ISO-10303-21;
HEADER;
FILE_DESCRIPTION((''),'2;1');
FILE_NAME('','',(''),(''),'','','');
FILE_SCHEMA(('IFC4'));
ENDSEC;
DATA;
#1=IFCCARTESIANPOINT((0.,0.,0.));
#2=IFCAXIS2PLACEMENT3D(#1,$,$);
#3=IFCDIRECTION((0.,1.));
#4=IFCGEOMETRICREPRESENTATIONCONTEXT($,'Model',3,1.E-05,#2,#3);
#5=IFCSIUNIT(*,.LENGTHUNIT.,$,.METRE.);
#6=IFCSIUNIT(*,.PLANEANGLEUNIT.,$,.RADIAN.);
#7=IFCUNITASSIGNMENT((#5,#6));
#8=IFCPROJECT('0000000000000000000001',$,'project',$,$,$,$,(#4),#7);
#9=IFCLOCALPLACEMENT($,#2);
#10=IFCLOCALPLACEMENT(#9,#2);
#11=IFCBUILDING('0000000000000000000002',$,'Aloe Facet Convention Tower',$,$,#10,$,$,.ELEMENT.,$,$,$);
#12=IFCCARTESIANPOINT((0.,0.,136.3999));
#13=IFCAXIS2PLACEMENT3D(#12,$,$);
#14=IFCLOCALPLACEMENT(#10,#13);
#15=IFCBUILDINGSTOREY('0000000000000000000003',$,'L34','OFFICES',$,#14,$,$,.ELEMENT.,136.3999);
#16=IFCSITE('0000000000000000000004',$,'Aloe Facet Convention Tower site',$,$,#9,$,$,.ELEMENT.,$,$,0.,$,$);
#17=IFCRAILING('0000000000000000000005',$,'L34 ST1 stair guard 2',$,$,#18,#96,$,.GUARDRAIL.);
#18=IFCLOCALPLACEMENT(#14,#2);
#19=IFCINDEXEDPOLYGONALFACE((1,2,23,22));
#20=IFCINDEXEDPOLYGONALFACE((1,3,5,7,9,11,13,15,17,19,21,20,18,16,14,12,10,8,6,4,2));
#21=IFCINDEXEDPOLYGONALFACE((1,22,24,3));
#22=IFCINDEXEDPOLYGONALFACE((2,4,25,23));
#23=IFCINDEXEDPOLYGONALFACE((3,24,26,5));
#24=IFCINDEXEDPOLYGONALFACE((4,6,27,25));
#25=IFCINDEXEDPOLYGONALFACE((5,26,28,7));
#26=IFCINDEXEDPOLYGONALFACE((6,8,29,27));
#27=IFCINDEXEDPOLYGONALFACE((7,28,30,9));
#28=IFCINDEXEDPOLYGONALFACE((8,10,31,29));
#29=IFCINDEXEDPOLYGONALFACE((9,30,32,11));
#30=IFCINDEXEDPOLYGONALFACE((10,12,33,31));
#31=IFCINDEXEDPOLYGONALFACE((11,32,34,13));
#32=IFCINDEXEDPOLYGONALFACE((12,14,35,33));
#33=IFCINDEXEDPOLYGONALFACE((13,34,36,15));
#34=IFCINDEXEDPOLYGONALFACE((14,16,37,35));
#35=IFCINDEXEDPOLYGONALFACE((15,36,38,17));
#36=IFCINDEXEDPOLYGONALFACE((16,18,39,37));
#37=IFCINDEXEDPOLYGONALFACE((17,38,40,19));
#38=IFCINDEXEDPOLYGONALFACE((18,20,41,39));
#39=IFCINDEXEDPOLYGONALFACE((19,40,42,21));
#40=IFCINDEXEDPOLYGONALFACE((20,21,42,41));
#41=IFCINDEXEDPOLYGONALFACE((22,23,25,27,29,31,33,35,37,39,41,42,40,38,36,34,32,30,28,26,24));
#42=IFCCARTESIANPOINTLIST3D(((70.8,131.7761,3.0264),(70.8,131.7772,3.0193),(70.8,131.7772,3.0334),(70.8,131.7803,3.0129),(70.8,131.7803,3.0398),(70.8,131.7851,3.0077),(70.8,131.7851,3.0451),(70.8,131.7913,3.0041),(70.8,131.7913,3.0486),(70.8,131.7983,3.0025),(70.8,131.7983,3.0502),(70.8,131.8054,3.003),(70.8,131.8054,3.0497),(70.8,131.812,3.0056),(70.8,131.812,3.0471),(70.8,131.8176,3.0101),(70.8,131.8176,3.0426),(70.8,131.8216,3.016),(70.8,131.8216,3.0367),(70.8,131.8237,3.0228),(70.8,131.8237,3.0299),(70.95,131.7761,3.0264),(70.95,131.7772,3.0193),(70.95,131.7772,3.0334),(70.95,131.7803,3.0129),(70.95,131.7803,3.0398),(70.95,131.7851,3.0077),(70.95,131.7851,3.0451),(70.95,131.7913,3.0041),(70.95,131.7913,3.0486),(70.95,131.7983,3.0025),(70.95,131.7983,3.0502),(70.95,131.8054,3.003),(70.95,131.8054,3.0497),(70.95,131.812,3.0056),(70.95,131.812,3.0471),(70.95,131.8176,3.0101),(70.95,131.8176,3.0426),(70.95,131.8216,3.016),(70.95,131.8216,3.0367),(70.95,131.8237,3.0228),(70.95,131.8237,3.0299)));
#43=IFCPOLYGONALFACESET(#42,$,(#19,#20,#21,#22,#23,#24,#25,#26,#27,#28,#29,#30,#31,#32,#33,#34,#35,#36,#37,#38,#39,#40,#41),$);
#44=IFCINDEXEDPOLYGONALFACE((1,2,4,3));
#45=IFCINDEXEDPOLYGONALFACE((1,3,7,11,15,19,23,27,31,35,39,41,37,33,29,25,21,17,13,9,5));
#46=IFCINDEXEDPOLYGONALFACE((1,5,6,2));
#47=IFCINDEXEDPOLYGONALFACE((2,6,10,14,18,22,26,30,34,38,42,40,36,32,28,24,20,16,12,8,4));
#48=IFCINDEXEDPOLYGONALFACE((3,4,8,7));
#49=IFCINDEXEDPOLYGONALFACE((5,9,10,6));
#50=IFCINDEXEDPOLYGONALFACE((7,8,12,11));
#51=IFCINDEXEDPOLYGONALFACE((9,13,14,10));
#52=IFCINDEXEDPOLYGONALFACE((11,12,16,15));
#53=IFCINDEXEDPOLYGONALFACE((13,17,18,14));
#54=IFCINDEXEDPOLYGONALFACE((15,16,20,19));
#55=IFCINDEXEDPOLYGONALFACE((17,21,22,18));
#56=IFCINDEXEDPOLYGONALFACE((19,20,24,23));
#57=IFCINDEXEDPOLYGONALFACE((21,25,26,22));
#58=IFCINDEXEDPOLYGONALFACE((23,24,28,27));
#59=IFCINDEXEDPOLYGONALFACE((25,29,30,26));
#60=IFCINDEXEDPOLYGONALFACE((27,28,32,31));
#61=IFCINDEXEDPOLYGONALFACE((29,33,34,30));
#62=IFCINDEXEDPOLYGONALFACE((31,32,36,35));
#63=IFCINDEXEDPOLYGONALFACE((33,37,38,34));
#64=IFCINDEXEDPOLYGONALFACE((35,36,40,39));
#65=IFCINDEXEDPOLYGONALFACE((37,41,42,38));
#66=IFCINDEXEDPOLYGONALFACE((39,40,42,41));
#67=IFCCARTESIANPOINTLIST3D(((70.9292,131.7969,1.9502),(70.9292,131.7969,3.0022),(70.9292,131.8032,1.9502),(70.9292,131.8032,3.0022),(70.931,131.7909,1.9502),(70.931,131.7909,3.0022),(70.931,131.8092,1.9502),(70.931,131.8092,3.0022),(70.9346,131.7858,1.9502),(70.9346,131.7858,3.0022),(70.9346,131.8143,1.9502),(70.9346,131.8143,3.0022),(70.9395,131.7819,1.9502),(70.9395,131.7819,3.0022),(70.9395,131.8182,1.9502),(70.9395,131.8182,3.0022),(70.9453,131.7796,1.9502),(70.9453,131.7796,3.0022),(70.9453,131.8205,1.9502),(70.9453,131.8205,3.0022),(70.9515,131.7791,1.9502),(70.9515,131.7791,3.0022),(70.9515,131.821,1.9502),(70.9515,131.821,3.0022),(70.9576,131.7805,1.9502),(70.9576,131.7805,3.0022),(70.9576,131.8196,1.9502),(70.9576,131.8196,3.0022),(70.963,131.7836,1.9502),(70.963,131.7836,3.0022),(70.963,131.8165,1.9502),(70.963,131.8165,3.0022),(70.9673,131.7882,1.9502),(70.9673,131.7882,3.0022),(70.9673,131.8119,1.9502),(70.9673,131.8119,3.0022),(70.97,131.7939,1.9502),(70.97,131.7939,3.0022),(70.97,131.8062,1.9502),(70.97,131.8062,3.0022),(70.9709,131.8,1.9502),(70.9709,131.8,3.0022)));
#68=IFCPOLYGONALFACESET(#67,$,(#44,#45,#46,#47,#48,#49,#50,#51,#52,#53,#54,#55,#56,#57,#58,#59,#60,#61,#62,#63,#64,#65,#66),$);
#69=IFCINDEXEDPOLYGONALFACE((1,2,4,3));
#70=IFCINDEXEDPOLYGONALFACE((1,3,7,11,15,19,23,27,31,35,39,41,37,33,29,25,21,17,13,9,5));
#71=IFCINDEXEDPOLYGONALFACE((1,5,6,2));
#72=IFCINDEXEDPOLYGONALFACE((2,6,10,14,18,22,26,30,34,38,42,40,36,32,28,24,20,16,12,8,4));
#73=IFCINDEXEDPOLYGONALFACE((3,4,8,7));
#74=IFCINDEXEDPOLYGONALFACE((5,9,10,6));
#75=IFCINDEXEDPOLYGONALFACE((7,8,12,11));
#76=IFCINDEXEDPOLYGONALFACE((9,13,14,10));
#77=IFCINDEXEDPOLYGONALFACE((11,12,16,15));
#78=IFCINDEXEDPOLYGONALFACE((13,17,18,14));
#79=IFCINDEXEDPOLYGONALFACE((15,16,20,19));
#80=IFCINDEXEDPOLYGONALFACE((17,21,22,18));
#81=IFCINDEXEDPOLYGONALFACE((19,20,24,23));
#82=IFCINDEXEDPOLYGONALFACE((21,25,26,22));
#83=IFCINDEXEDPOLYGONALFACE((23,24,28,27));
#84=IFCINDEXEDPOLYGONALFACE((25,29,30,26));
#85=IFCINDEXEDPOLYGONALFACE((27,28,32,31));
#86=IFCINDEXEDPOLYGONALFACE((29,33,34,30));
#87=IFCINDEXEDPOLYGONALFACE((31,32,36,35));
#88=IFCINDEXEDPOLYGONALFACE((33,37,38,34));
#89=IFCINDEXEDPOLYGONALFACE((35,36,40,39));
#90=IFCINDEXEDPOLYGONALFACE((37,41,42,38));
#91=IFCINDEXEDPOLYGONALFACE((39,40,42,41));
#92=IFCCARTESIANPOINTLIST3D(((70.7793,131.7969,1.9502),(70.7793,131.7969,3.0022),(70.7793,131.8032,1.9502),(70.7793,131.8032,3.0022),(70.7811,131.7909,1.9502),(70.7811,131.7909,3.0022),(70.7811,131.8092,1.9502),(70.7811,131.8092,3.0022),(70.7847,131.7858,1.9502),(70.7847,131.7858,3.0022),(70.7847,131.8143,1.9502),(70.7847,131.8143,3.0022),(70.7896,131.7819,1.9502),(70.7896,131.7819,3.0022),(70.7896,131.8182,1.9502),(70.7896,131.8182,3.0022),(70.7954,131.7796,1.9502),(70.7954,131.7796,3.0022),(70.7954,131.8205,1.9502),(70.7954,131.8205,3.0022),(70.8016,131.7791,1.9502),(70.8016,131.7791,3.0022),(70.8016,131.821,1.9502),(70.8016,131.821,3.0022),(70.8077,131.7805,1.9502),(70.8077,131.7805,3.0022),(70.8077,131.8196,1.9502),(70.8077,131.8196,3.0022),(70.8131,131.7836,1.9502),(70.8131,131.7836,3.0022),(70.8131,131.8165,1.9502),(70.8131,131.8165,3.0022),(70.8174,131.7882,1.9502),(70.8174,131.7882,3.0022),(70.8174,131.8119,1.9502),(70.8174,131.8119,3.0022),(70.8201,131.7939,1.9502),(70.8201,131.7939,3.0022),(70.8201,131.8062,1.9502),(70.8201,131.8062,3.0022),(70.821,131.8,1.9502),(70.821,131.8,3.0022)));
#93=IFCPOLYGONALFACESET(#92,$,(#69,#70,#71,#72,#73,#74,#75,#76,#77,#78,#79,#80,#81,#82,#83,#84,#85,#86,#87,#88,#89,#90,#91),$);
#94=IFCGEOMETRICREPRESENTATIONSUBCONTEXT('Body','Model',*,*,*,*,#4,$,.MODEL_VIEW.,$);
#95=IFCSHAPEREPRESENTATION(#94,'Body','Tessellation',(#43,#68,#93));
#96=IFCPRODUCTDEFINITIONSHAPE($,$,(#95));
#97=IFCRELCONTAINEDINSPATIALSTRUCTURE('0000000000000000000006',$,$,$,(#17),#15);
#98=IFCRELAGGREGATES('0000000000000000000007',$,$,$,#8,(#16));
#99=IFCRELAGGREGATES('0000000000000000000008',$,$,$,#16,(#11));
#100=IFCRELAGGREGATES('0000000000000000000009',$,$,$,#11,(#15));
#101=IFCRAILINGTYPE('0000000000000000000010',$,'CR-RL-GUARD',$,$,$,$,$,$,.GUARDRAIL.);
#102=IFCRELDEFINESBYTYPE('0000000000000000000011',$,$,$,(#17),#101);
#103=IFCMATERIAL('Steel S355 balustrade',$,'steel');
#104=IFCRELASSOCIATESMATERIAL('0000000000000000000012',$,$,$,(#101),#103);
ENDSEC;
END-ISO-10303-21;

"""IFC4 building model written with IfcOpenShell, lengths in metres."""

from ifc_helpers import new_model, si_unit, direction, frame, origin, origin_2d, place, context, subcontext, project, spatial, circle, extrude, material, type_object, element, save


model = new_model("IFC4")

# Units and contexts
model_context = context("Model", 3, precision=1e-05, world=origin(), true_north=direction((0.0, 1.0)))
body_context = subcontext(model_context, "Body", "Model", "MODEL_VIEW")
ifc_project = project(units=[si_unit("LENGTHUNIT", "METRE"), si_unit("PLANEANGLEUNIT", "RADIAN")], contexts=[model_context])

# Site, building, storey
site_placement = place(None, origin())
site = spatial("IfcSite", under=ifc_project, at=site_placement, Name="Aloe Facet Convention Tower site", CompositionType="ELEMENT", RefElevation=0.0)
building_placement = place(site_placement, origin())
building = spatial("IfcBuilding", under=site, at=building_placement, Name="Aloe Facet Convention Tower", CompositionType="ELEMENT")
storey_placement = place(building_placement, frame((0.0, 0.0, 136.3999)))
storey = spatial("IfcBuildingStorey", under=building, at=storey_placement, Name="L34", Description="OFFICES", CompositionType="ELEMENT", Elevation=136.3999)

# Railing
ifc_material_1 = material(Name="Steel S355 balustrade", Category="steel")
railing_type_1 = type_object("IfcRailingType", Name="CR-RL-GUARD", PredefinedType="GUARDRAIL", material=ifc_material_1)
railing_1_placement = place(storey_placement, frame((70.95, 131.8, 1.9502)))
element("IfcRailing", 1, at=railing_1_placement, inside=storey, type_object=railing_type_1, Name="L34 ST1 stair guard 2", PredefinedType="GUARDRAIL", context=body_context, shape_type="SweptSolid", body=[
    extrude(circle(Radius=0.0239, at=origin_2d()), frame((0.0, 0.0, 1.0762), z_axis=(-1.0, 0.0, 0.0), x_axis=(0.0, -1.0, 0.0)), (0.0, 0.0, 1.0), 0.1499),
    extrude(circle(Radius=0.021, at=origin_2d()), origin(), (0.0, 0.0, 1.0), 1.052),
    extrude(circle(Radius=0.021, at=origin_2d()), frame((-0.1499, 0.0, 0.0)), (0.0, 0.0, 1.0), 1.052),
])

save(model, "model.ifc")
